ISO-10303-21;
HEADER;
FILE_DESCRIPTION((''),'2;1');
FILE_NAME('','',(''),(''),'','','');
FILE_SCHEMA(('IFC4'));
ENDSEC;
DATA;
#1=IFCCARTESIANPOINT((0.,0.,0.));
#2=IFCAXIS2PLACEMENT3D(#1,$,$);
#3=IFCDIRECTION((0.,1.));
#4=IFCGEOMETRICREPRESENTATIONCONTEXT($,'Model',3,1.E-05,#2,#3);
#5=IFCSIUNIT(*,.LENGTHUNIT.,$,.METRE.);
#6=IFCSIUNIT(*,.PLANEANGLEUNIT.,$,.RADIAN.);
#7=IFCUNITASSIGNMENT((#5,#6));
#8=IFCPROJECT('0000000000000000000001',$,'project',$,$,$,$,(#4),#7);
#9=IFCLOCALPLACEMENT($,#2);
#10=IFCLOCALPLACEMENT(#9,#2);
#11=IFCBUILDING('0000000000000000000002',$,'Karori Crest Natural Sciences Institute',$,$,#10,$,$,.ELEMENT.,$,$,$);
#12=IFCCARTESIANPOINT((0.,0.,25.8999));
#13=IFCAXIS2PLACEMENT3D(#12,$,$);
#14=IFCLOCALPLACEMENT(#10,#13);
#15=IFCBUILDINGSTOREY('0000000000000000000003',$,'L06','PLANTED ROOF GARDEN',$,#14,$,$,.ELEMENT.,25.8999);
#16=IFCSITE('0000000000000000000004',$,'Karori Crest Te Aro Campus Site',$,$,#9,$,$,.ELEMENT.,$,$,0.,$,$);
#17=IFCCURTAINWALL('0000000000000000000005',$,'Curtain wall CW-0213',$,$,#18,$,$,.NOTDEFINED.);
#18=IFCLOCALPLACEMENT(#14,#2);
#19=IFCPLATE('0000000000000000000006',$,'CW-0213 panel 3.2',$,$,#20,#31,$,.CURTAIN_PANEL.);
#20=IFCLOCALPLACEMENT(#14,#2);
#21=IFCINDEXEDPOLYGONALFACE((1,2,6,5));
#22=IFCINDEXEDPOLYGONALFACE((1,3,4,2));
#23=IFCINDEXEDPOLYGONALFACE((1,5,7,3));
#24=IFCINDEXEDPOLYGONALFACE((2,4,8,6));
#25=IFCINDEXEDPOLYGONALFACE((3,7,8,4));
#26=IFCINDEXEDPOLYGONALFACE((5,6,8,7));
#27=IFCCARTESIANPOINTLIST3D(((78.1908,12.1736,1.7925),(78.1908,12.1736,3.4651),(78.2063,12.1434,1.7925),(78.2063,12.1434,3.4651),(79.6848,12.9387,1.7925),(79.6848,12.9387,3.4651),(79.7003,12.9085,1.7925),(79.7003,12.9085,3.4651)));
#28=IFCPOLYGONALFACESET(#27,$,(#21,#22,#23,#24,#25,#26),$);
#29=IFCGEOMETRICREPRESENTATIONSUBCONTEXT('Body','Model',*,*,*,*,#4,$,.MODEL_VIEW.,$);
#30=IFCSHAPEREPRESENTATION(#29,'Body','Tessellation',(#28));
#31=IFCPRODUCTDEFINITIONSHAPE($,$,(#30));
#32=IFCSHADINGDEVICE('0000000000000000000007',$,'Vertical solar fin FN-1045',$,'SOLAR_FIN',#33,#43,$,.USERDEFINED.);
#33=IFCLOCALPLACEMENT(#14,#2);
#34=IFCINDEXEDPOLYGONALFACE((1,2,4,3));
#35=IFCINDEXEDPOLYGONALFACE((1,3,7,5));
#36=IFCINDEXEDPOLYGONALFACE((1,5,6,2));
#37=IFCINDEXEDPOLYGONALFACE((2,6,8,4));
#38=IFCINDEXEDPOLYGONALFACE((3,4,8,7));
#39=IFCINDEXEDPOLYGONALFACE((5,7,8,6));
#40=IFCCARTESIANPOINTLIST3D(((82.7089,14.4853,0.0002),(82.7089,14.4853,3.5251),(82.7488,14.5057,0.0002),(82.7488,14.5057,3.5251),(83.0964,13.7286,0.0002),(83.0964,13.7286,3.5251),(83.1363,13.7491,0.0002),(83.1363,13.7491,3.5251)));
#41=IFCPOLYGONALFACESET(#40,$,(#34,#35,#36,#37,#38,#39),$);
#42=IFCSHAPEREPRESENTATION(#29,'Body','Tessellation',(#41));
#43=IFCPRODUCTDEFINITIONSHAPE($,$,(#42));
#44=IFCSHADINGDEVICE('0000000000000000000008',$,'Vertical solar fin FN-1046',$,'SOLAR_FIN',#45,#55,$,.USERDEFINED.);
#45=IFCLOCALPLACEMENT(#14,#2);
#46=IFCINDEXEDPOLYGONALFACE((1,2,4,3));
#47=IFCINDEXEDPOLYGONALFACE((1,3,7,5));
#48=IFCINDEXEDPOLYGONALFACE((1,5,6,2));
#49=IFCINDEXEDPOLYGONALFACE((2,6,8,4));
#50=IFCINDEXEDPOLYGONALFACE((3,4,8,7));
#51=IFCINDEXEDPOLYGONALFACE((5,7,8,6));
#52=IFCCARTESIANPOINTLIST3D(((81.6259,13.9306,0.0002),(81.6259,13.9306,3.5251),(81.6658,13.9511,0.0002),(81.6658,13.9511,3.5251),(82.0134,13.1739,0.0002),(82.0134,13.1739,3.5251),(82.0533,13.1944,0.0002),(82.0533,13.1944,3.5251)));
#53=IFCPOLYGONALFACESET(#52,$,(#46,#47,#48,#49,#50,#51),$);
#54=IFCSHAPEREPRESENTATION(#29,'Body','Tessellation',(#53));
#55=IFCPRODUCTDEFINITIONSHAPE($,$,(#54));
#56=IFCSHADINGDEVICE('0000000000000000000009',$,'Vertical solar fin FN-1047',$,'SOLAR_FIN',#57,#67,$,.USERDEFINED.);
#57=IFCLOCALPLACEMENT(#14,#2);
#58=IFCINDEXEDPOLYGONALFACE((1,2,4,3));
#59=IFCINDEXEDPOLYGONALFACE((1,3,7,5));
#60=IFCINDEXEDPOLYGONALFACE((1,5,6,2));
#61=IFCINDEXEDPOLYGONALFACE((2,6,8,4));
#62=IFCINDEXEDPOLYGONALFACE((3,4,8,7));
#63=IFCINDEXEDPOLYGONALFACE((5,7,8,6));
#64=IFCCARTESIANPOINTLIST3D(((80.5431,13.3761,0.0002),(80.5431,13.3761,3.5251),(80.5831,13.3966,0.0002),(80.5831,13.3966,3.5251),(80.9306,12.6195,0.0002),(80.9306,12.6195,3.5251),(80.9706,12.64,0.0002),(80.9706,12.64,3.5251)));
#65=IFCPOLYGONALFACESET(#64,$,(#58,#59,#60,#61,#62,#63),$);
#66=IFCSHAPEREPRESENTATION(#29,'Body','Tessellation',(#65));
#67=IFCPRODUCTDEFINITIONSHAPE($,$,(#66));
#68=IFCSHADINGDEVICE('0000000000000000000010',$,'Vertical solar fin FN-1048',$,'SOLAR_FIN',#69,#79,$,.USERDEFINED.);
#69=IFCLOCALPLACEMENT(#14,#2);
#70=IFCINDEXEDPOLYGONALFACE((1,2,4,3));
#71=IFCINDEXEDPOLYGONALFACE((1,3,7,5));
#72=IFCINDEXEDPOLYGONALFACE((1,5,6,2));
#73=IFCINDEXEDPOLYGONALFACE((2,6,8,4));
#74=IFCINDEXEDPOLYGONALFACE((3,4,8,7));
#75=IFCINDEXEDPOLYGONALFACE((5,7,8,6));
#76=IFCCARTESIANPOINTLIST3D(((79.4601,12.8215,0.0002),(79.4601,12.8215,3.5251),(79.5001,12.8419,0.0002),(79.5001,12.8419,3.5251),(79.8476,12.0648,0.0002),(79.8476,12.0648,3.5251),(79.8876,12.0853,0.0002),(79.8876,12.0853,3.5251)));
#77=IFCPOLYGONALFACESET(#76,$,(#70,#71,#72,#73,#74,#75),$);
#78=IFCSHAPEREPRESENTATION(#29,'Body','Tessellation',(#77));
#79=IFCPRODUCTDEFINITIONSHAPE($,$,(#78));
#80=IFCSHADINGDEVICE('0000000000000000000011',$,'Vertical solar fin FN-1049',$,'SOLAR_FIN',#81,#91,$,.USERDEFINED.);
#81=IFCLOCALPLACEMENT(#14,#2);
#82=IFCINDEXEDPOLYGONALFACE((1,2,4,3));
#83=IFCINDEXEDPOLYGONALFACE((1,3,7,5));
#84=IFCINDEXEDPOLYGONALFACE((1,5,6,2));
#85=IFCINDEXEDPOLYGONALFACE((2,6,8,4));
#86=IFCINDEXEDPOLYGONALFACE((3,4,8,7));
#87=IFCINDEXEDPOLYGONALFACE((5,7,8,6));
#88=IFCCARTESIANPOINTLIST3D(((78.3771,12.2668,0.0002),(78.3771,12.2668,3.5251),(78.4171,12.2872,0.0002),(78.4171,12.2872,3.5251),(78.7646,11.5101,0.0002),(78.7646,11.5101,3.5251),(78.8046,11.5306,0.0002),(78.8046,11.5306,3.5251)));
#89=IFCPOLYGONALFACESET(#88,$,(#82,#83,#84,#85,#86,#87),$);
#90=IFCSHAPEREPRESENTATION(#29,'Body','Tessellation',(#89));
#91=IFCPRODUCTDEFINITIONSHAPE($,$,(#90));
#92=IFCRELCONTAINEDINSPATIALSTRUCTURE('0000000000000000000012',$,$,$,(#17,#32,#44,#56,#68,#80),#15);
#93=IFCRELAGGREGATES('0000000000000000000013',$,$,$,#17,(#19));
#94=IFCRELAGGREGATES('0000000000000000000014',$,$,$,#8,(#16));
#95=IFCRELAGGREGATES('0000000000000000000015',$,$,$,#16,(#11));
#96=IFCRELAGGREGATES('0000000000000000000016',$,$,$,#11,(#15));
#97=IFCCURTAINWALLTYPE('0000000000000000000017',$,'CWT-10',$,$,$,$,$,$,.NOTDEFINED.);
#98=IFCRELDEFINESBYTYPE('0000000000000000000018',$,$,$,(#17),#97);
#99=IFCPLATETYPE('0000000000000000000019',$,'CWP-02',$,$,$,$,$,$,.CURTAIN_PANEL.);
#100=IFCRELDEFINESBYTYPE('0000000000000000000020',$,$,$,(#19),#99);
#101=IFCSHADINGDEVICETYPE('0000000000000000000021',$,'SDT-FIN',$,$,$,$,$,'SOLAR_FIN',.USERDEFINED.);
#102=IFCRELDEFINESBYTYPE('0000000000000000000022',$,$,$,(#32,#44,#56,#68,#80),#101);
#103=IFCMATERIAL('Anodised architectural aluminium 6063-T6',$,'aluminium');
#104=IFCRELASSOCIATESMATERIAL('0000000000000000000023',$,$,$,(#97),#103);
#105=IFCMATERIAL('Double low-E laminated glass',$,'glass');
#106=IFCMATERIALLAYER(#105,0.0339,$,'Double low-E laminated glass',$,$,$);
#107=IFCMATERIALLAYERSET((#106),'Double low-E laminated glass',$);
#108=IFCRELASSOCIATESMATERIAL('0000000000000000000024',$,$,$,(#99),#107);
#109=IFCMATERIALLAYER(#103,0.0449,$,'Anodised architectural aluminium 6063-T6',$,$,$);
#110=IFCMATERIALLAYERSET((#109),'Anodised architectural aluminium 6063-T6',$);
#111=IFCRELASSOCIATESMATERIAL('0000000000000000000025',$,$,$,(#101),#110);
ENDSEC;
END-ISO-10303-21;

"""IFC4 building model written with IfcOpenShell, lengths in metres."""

from ifc_helpers import new_model, si_unit, direction, frame, origin, origin_2d, place, context, subcontext, project, spatial, rectangle, extrude, material, layer, layer_set, type_object, element, aggregate, save


model = new_model("IFC4")

# Units and contexts
model_context = context("Model", 3, precision=1e-05, world=origin(), true_north=direction((0.0, 1.0)))
body_context = subcontext(model_context, "Body", "Model", "MODEL_VIEW")
ifc_project = project(units=[si_unit("LENGTHUNIT", "METRE"), si_unit("PLANEANGLEUNIT", "RADIAN")], contexts=[model_context])

# Site, building, storey
site_placement = place(None, origin())
site = spatial("IfcSite", under=ifc_project, at=site_placement, Name="Karori Crest Te Aro Campus Site", CompositionType="ELEMENT", RefElevation=0.0)
building_placement = place(site_placement, origin())
building = spatial("IfcBuilding", under=site, at=building_placement, Name="Karori Crest Natural Sciences Institute", CompositionType="ELEMENT")
storey_placement = place(building_placement, frame((0.0, 0.0, 25.8999)))
storey = spatial("IfcBuildingStorey", under=building, at=storey_placement, Name="L06", Description="PLANTED ROOF GARDEN", CompositionType="ELEMENT", Elevation=25.8999)

# Curtain wall
ifc_material_1 = material(Name="Anodised architectural aluminium 6063-T6", Category="aluminium")
curtain_wall_type_1 = type_object("IfcCurtainWallType", Name="CWT-10", PredefinedType="NOTDEFINED", material=ifc_material_1)
curtain_wall_1_placement = place(storey_placement, origin())
curtain_wall_1 = element("IfcCurtainWall", 1, at=curtain_wall_1_placement, inside=storey, type_object=curtain_wall_type_1, Name="Curtain wall CW-0213", PredefinedType="NOTDEFINED")

# Plate
ifc_material_2 = material(Name="Double low-E laminated glass", Category="glass")
ifc_layer_1 = layer(ifc_material_2, 0.0339, Name="Double low-E laminated glass")
ifc_layer_set_1 = layer_set([ifc_layer_1], Name="Double low-E laminated glass")
plate_type = type_object("IfcPlateType", Name="CWP-02", PredefinedType="CURTAIN_PANEL", material=ifc_layer_set_1)
plate_1_placement = place(storey_placement, frame((78.9456, 12.541, 1.7925), z_axis=(0.0, 0.0, 1.0), x_axis=(-0.890067, -0.455829, 0.0)))
plate_1 = element("IfcPlate", 2, at=plate_1_placement, type_object=plate_type, Name="CW-0213 panel 3.2", PredefinedType="CURTAIN_PANEL", context=body_context, shape_type="SweptSolid", body=[
    extrude(rectangle(XDim=1.6785, YDim=0.0339, at=origin_2d()), origin(), (0.0, 0.0, 1.0), 1.6726),
])
aggregate(curtain_wall_1, [plate_1])

# Shading devices
ifc_layer_2 = layer(ifc_material_1, 0.0449, Name="Anodised architectural aluminium 6063-T6")
ifc_layer_set_2 = layer_set([ifc_layer_2], Name="Anodised architectural aluminium 6063-T6")
shading_device_type = type_object("IfcShadingDeviceType", Name="SDT-FIN", ElementType="SOLAR_FIN", PredefinedType="USERDEFINED", material=ifc_layer_set_2)
for number, where, z_axis, x_axis, name in (
    (3, (82.9226, 14.1172, 0.0002), (0.0, 0.0, 1.0), (0.455829, -0.890067, 0.0), "Vertical solar fin FN-1045"),
    (4, (81.8396, 13.5625, 0.0002), (0.0, 0.0, 1.0), (0.455829, -0.890067, 0.0), "Vertical solar fin FN-1046"),
    (5, (80.7568, 13.0081, 0.0002), (0.0, 0.0, 1.0), (0.455829, -0.890067, 0.0), "Vertical solar fin FN-1047"),
    (6, (79.6738, 12.4534, 0.0002), (0.0, 0.0, 1.0), (0.455829, -0.890067, 0.0), "Vertical solar fin FN-1048"),
    (7, (78.5908, 11.8987, 0.0002), (0.0, 0.0, 1.0), (0.455829, -0.890067, 0.0), "Vertical solar fin FN-1049"),
):
    element("IfcShadingDevice", number, at=place(storey_placement, frame(where, z_axis=z_axis, x_axis=x_axis)), inside=storey, type_object=shading_device_type, Name=name, ObjectType="SOLAR_FIN", PredefinedType="USERDEFINED", context=body_context, shape_type="SweptSolid", body=[
        extrude(rectangle(XDim=0.8501, YDim=0.0449, at=origin_2d()), origin(), (0.0, 0.0, 1.0), 3.5249),
    ])

save(model, "model.ifc")
